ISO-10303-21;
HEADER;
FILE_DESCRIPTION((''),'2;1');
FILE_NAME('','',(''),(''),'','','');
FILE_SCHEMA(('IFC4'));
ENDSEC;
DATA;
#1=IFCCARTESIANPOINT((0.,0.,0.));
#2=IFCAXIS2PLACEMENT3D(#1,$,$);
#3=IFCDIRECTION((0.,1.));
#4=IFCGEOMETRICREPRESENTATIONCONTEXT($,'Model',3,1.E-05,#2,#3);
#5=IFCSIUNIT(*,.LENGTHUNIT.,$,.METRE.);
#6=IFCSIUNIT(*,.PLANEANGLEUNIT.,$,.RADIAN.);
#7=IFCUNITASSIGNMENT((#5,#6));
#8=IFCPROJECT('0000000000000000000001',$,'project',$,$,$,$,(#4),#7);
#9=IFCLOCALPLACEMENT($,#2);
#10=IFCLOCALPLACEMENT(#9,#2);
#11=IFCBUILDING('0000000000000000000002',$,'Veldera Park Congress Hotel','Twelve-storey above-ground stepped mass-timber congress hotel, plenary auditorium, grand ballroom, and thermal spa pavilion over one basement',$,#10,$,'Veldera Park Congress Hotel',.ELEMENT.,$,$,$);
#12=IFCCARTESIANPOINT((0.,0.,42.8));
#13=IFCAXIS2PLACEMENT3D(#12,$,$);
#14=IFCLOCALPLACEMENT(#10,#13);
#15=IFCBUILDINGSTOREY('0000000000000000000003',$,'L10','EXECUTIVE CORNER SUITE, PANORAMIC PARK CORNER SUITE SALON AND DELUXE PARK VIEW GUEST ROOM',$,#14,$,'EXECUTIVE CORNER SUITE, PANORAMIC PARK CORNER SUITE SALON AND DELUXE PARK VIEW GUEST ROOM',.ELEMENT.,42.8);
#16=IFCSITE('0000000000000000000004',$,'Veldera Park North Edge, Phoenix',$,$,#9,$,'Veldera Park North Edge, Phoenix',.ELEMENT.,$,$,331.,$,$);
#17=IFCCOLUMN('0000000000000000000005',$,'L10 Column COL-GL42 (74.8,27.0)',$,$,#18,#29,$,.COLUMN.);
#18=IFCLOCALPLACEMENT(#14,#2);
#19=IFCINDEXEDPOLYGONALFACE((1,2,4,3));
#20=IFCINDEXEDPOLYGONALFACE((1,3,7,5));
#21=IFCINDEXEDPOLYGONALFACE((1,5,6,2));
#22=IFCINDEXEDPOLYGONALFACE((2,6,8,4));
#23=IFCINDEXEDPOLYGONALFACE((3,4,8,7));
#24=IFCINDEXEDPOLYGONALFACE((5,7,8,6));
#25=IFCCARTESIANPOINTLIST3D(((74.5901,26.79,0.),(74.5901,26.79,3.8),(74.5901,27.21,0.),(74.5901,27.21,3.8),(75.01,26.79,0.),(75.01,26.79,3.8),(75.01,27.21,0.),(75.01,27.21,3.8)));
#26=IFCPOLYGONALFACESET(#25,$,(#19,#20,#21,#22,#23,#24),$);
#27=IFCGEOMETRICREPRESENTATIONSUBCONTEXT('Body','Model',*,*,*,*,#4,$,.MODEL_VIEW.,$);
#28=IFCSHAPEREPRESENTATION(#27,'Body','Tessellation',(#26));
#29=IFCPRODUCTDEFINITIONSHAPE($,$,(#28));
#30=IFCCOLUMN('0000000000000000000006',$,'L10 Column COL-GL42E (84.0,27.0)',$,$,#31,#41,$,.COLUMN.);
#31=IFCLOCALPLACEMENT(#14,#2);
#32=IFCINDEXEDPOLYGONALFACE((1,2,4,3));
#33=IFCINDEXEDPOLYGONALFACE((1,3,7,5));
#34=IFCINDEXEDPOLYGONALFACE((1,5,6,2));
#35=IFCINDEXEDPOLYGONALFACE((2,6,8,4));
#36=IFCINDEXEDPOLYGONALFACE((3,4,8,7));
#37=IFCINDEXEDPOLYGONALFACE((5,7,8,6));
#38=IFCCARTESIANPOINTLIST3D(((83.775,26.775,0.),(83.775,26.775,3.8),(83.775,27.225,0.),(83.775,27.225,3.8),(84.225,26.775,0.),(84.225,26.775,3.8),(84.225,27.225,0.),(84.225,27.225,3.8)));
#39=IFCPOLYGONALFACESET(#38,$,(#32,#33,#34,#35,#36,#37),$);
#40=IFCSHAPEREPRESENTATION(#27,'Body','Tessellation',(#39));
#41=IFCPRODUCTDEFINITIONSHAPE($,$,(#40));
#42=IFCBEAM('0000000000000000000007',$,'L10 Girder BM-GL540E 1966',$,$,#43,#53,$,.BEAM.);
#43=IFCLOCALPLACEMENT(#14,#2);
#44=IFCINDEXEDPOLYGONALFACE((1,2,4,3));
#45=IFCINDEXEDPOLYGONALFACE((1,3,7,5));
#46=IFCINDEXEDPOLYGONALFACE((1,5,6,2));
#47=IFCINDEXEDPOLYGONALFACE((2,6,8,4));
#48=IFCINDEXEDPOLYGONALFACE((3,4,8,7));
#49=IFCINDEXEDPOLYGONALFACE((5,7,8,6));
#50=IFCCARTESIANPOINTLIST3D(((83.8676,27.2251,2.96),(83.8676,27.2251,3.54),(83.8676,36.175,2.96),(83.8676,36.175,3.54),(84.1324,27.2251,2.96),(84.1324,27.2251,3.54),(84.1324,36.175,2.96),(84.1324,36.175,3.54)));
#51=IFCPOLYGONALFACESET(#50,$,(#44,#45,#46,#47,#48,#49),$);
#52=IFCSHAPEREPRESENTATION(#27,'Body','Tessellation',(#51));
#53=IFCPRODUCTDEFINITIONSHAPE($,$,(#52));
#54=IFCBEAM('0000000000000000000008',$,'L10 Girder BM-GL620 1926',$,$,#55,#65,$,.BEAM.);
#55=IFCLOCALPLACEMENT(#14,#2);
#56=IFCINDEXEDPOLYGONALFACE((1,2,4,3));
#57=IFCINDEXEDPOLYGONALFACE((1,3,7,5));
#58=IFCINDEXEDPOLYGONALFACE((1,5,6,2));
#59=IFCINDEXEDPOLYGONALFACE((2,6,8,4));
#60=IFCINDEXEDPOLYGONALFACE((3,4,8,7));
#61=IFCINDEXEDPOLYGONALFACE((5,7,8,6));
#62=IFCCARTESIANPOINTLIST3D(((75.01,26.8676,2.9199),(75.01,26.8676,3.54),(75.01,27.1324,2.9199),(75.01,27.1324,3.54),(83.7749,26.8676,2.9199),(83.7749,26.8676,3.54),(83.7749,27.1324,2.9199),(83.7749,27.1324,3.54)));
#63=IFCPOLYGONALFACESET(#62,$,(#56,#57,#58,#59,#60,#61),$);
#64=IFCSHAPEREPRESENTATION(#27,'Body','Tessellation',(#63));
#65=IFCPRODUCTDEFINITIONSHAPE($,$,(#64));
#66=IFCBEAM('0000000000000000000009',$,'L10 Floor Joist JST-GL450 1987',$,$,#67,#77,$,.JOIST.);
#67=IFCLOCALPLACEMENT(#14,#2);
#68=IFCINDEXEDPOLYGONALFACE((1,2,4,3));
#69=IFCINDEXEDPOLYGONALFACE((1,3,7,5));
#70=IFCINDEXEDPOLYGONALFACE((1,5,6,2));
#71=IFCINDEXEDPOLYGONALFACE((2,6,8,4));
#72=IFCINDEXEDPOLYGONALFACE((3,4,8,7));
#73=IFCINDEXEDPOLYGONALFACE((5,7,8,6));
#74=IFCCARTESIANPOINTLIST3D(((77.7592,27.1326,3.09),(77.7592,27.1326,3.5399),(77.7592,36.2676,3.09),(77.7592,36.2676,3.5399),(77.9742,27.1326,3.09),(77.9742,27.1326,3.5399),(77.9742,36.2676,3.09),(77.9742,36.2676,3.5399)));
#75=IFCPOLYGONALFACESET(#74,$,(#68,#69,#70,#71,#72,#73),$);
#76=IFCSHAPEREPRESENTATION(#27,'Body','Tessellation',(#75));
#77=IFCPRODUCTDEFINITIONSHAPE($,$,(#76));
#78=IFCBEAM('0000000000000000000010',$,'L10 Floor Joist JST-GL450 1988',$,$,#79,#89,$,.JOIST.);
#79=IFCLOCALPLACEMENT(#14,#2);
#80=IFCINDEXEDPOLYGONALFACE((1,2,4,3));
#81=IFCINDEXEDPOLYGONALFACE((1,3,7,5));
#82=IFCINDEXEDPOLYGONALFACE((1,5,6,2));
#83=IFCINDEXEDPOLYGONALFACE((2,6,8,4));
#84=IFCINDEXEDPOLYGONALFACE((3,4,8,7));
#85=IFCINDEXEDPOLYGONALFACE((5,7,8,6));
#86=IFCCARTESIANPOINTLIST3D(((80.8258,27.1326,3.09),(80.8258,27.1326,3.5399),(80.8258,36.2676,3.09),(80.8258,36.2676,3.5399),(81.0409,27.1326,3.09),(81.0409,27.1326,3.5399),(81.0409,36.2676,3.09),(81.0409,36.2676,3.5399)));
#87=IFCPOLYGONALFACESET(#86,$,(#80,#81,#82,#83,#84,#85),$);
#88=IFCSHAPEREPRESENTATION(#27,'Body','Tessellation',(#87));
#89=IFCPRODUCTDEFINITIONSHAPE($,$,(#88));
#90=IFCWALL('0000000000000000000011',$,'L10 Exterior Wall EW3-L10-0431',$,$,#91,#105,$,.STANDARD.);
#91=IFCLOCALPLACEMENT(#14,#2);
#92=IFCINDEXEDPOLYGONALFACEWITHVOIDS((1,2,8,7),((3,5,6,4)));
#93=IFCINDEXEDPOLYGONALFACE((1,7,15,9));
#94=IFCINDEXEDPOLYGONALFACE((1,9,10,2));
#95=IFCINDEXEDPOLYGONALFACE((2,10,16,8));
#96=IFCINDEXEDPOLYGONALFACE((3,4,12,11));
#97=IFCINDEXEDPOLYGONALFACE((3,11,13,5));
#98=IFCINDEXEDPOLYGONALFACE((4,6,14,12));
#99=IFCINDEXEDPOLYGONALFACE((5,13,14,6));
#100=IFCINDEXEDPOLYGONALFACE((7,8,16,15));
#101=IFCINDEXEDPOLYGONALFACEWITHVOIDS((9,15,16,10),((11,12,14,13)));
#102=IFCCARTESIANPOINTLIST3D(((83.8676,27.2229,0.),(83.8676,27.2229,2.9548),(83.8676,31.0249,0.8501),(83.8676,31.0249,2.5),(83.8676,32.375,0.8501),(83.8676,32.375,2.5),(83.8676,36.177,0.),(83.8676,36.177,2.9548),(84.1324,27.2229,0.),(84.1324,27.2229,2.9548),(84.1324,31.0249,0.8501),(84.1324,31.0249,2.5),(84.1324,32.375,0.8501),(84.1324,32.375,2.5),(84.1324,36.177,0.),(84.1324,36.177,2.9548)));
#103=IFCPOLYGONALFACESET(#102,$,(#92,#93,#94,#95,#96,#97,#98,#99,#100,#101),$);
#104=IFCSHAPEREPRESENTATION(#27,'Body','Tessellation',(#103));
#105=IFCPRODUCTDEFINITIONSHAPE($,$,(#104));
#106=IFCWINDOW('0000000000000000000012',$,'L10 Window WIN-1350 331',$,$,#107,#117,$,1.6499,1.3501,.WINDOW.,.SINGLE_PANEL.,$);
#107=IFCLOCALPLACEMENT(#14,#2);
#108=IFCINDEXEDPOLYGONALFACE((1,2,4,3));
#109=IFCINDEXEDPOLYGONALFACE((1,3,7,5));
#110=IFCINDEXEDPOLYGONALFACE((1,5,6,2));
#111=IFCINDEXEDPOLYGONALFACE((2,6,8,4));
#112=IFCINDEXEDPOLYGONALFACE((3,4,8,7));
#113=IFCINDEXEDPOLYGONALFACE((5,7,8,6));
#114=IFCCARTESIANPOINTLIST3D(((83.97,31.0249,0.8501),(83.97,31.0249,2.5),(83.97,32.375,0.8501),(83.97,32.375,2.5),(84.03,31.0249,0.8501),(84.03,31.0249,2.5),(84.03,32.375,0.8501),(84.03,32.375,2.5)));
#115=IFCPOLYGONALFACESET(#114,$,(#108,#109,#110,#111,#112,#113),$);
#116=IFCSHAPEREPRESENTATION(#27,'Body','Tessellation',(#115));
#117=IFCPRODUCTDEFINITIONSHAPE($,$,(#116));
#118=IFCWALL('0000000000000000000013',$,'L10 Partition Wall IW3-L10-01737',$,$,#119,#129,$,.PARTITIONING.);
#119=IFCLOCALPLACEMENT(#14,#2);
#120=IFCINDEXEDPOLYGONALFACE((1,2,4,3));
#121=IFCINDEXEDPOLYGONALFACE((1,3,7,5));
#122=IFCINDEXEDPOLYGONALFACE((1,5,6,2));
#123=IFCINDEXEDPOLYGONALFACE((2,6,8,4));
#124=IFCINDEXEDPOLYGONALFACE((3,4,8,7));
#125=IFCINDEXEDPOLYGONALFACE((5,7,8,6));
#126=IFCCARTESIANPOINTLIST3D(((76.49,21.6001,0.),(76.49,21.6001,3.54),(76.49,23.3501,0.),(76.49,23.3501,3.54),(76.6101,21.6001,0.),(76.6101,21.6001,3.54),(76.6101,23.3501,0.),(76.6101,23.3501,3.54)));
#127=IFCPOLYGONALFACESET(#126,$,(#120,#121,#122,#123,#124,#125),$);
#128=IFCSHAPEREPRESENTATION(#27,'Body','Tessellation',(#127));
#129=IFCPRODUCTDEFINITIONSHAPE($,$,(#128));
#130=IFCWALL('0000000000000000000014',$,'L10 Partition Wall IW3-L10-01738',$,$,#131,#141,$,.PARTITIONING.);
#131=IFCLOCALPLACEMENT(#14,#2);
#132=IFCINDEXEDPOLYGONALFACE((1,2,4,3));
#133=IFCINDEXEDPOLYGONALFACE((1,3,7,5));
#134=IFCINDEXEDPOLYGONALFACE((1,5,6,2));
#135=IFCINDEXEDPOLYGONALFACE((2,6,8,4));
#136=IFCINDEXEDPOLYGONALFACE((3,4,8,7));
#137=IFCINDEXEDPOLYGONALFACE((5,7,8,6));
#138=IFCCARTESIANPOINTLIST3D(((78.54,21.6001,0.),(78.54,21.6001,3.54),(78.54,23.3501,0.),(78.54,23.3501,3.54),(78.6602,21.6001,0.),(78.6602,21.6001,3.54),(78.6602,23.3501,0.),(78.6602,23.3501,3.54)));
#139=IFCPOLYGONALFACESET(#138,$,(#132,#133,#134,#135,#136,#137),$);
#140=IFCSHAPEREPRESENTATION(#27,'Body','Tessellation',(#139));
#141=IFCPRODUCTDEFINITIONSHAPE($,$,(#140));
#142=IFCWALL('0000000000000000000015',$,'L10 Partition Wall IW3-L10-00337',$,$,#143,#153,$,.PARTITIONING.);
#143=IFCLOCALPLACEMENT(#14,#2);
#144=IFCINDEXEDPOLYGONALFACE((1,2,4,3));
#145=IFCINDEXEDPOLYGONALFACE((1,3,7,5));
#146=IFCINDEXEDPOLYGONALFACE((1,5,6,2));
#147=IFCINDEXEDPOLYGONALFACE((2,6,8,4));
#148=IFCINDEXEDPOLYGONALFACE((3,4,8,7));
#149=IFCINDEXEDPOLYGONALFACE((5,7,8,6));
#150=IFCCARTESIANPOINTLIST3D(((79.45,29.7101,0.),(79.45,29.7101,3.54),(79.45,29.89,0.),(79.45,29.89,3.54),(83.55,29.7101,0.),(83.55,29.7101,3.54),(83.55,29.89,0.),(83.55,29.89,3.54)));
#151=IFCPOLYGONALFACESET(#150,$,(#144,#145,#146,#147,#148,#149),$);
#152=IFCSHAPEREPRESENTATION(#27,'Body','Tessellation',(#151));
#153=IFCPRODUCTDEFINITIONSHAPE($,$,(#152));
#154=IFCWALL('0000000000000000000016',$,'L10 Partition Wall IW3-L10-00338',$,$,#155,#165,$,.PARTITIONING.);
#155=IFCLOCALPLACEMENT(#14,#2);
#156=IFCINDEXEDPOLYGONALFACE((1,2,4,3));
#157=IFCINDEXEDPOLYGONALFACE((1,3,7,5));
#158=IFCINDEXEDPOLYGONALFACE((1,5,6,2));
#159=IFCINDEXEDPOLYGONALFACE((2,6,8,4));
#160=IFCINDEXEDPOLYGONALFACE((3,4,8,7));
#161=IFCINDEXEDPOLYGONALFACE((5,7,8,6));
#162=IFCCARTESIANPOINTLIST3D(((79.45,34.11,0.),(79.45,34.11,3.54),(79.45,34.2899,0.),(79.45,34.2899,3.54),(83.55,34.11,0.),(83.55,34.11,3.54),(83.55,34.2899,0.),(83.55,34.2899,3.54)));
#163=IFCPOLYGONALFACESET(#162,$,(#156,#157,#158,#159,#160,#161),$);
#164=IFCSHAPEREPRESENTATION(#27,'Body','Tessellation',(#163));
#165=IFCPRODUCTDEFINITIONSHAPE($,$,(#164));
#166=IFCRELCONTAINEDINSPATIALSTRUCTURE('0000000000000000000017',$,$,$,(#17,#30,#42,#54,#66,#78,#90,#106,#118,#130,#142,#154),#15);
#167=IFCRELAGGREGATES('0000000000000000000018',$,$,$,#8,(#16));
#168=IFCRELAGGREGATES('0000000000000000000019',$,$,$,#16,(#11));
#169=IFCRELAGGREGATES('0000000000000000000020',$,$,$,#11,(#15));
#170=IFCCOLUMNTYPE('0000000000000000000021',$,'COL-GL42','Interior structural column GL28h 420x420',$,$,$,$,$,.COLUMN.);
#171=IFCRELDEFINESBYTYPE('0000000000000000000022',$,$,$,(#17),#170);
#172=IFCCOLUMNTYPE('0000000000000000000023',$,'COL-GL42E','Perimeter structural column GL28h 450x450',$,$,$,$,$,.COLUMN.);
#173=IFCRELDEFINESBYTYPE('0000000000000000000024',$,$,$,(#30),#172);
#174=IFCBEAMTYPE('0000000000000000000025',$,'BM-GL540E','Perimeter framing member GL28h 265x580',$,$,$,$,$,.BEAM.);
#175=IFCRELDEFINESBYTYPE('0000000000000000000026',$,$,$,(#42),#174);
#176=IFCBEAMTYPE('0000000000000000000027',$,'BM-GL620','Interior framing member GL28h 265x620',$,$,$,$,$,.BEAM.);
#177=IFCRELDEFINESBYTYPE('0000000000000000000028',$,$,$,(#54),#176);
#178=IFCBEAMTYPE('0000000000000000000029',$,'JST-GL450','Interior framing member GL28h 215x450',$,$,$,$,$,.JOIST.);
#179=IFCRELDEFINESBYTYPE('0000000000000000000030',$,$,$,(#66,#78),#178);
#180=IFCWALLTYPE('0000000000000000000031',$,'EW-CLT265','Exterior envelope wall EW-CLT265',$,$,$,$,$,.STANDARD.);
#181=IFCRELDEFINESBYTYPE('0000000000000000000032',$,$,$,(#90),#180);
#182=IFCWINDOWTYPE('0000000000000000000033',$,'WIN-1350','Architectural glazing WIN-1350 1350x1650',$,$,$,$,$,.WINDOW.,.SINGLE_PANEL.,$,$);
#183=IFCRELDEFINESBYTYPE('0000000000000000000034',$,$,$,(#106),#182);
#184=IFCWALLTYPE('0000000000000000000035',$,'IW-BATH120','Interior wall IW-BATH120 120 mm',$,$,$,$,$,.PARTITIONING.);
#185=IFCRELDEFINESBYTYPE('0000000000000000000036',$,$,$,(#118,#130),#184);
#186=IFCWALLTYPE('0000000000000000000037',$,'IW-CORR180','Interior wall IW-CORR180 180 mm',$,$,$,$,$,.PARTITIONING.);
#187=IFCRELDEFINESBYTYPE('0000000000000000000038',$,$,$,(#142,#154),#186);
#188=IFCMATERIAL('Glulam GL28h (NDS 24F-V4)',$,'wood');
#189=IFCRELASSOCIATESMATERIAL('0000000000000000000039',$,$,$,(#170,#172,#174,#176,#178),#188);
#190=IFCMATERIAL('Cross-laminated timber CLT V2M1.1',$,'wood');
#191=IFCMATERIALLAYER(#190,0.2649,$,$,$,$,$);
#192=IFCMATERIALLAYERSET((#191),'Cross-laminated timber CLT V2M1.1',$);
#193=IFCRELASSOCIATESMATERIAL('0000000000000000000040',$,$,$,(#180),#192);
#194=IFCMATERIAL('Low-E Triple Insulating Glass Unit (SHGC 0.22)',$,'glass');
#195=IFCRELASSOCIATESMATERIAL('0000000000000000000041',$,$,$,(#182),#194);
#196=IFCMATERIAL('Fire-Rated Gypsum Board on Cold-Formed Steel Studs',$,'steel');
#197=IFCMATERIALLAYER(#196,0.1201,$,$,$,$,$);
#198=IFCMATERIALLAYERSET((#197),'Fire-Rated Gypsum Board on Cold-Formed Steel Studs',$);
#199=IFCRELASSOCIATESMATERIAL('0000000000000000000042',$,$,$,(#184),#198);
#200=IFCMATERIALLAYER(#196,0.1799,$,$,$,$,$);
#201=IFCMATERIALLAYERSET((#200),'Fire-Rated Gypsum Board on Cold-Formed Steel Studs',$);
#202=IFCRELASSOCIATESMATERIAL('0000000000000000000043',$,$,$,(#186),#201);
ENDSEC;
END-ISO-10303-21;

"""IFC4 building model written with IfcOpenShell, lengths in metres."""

from ifc_helpers import new_model, si_unit, direction, frame, frame_2d, origin, origin_2d, place, context, subcontext, project, spatial, rectangle, extrude, material, layer, layer_set, material_profile, profile_set, type_object, element, fill, save


model = new_model("IFC4")

# Units and contexts
model_context = context("Model", 3, precision=1e-05, world=origin(), true_north=direction((0.0, 1.0)))
body_context = subcontext(model_context, "Body", "Model", "MODEL_VIEW")
ifc_project = project(units=[si_unit("LENGTHUNIT", "METRE"), si_unit("PLANEANGLEUNIT", "RADIAN")], contexts=[model_context])

# Site, building, storey
site_placement = place(None, origin())
site = spatial("IfcSite", under=ifc_project, at=site_placement, Name="Veldera Park North Edge, Phoenix", LongName="Veldera Park North Edge, Phoenix", CompositionType="ELEMENT", RefElevation=331.0)
building_placement = place(site_placement, origin())
building = spatial("IfcBuilding", under=site, at=building_placement, Name="Veldera Park Congress Hotel", Description="Twelve-storey above-ground stepped mass-timber congress hotel, plenary auditorium, grand ballroom, and thermal spa pavilion over one basement", LongName="Veldera Park Congress Hotel", CompositionType="ELEMENT")
storey_placement = place(building_placement, frame((0.0, 0.0, 42.8)))
storey = spatial("IfcBuildingStorey", under=building, at=storey_placement, Name="L10", Description="EXECUTIVE CORNER SUITE, PANORAMIC PARK CORNER SUITE SALON AND DELUXE PARK VIEW GUEST ROOM", LongName="EXECUTIVE CORNER SUITE, PANORAMIC PARK CORNER SUITE SALON AND DELUXE PARK VIEW GUEST ROOM", CompositionType="ELEMENT", Elevation=42.8)

# Columns
ifc_material_1 = material(Name="Glulam GL28h (NDS 24F-V4)", Category="wood")
ifc_material_profile_1 = material_profile(ifc_material_1, rectangle(XDim=0.4199, YDim=0.4199, at=origin_2d()), Name="GL28h 420x420")
ifc_profile_set_1 = profile_set([ifc_material_profile_1], Name="Glulam GL28h (NDS 24F-V4)")
column_type_1 = type_object("IfcColumnType", Name="COL-GL42", Description="Interior structural column GL28h 420x420", PredefinedType="COLUMN", material=ifc_profile_set_1)
column_1_placement = place(storey_placement, frame((74.8, 27.0, 0.0), z_axis=(0.0, 0.0, 1.0), x_axis=(1.0, 0.0, 0.0)))
element("IfcColumn", 1, at=column_1_placement, inside=storey, type_object=column_type_1, Name="L10 Column COL-GL42 (74.8,27.0)", PredefinedType="COLUMN", context=body_context, shape_type="SweptSolid", body=[
    extrude(rectangle(XDim=0.4199, YDim=0.4199, at=origin_2d()), origin(), (0.0, 0.0, 1.0), 3.8),
])
ifc_material_profile_2 = material_profile(ifc_material_1, rectangle(XDim=0.45, YDim=0.45, at=origin_2d()), Name="GL28h 450x450")
ifc_profile_set_2 = profile_set([ifc_material_profile_2], Name="Glulam GL28h (NDS 24F-V4)")
column_type_2 = type_object("IfcColumnType", Name="COL-GL42E", Description="Perimeter structural column GL28h 450x450", PredefinedType="COLUMN", material=ifc_profile_set_2)
column_2_placement = place(storey_placement, frame((84.0, 27.0, 0.0), z_axis=(0.0, 0.0, 1.0), x_axis=(1.0, 0.0, 0.0)))
element("IfcColumn", 2, at=column_2_placement, inside=storey, type_object=column_type_2, Name="L10 Column COL-GL42E (84.0,27.0)", PredefinedType="COLUMN", context=body_context, shape_type="SweptSolid", body=[
    extrude(rectangle(XDim=0.45, YDim=0.45, at=origin_2d()), origin(), (0.0, 0.0, 1.0), 3.8),
])

# Beams
ifc_material_profile_3 = material_profile(ifc_material_1, rectangle(XDim=0.2649, YDim=0.5801, at=origin_2d()), Name="GL28h 265x580")
ifc_profile_set_3 = profile_set([ifc_material_profile_3], Name="Glulam GL28h (NDS 24F-V4)")
beam_type_1 = type_object("IfcBeamType", Name="BM-GL540E", Description="Perimeter framing member GL28h 265x580", PredefinedType="BEAM", material=ifc_profile_set_3)
beam_1_placement = place(storey_placement, frame((84.0, 27.2251, 3.25), z_axis=(0.0, 1.0, 0.0), x_axis=(-1.0, 0.0, 0.0)))
element("IfcBeam", 3, at=beam_1_placement, inside=storey, type_object=beam_type_1, Name="L10 Girder BM-GL540E 1966", PredefinedType="BEAM", context=body_context, shape_type="SweptSolid", body=[
    extrude(rectangle(XDim=0.2649, YDim=0.5801, at=origin_2d()), origin(), (0.0, 0.0, 1.0), 8.95),
])
ifc_material_profile_4 = material_profile(ifc_material_1, rectangle(XDim=0.2649, YDim=0.6201, at=origin_2d()), Name="GL28h 265x620")
ifc_profile_set_4 = profile_set([ifc_material_profile_4], Name="Glulam GL28h (NDS 24F-V4)")
beam_type_2 = type_object("IfcBeamType", Name="BM-GL620", Description="Interior framing member GL28h 265x620", PredefinedType="BEAM", material=ifc_profile_set_4)
beam_2_placement = place(storey_placement, frame((75.01, 27.0, 3.23), z_axis=(1.0, 0.0, 0.0), x_axis=(0.0, 1.0, 0.0)))
element("IfcBeam", 4, at=beam_2_placement, inside=storey, type_object=beam_type_2, Name="L10 Girder BM-GL620 1926", PredefinedType="BEAM", context=body_context, shape_type="SweptSolid", body=[
    extrude(rectangle(XDim=0.2649, YDim=0.6201, at=origin_2d()), origin(), (0.0, 0.0, 1.0), 8.7649),
])
ifc_material_profile_5 = material_profile(ifc_material_1, rectangle(XDim=0.2151, YDim=0.45, at=origin_2d()), Name="GL28h 215x450")
ifc_profile_set_5 = profile_set([ifc_material_profile_5], Name="Glulam GL28h (NDS 24F-V4)")
beam_type_3 = type_object("IfcBeamType", Name="JST-GL450", Description="Interior framing member GL28h 215x450", PredefinedType="JOIST", material=ifc_profile_set_5)
for number, where, z_axis, x_axis, name in (
    (5, (77.8667, 27.1326, 3.3149), (0.0, 1.0, 0.0), (-1.0, 0.0, 0.0), "L10 Floor Joist JST-GL450 1987"),
    (6, (80.9333, 27.1326, 3.3149), (0.0, 1.0, 0.0), (-1.0, 0.0, 0.0), "L10 Floor Joist JST-GL450 1988"),
):
    element("IfcBeam", number, at=place(storey_placement, frame(where, z_axis=z_axis, x_axis=x_axis)), inside=storey, type_object=beam_type_3, Name=name, PredefinedType="JOIST", context=body_context, shape_type="SweptSolid", body=[
        extrude(rectangle(XDim=0.2151, YDim=0.45, at=origin_2d()), origin(), (0.0, 0.0, 1.0), 9.135),
    ])

# Wall, opening, window
ifc_material_2 = material(Name="Cross-laminated timber CLT V2M1.1", Category="wood")
ifc_layer_1 = layer(ifc_material_2, 0.2649)
ifc_layer_set_1 = layer_set([ifc_layer_1], Name="Cross-laminated timber CLT V2M1.1")
wall_type_1 = type_object("IfcWallType", Name="EW-CLT265", Description="Exterior envelope wall EW-CLT265", PredefinedType="STANDARD", material=ifc_layer_set_1)
wall_1_placement = place(storey_placement, frame((84.0, 27.2229, 0.0), z_axis=(0.0, 0.0, 1.0), x_axis=(0.0, 1.0, 0.0)))
wall_1 = element("IfcWall", 7, at=wall_1_placement, inside=storey, type_object=wall_type_1, Name="L10 Exterior Wall EW3-L10-0431", PredefinedType="STANDARD", context=body_context, shape_type="SweptSolid", body=[
    extrude(rectangle(XDim=8.9541, YDim=0.2649, at=frame_2d((4.4771, 0.0))), origin(), (0.0, 0.0, 1.0), 2.9548),
])
opening_1_placement = place(wall_1_placement, frame((3.802, 0.0, 0.8501)))
opening_1 = element("IfcOpeningElement", 8, at=opening_1_placement, cuts=wall_1, PredefinedType="OPENING", context=body_context, shape_type="SweptSolid", body=[
    extrude(rectangle(XDim=1.3501, YDim=1.6499, at=frame_2d((0.675, 0.825))), frame((0.0, 0.1445, 0.0), z_axis=(0.0, -1.0, 0.0), x_axis=(1.0, 0.0, 0.0)), (0.0, 0.0, 1.0), 0.2888),
])
ifc_material_3 = material(Name="Low-E Triple Insulating Glass Unit (SHGC 0.22)", Category="glass")
window_type = type_object("IfcWindowType", Name="WIN-1350", Description="Architectural glazing WIN-1350 1350x1650", PartitioningType="SINGLE_PANEL", PredefinedType="WINDOW", material=ifc_material_3)
window_placement = place(opening_1_placement, origin())
window = element("IfcWindow", 9, at=window_placement, inside=storey, type_object=window_type, Name="L10 Window WIN-1350 331", OverallHeight=1.6499, OverallWidth=1.3501, PartitioningType="SINGLE_PANEL", PredefinedType="WINDOW", context=body_context, shape_type="SweptSolid", body=[
    extrude(rectangle(XDim=1.3501, YDim=1.6499, at=frame_2d((0.675, 0.825))), frame((0.0, 0.03, 0.0), z_axis=(0.0, -1.0, 0.0), x_axis=(1.0, 0.0, 0.0)), (0.0, 0.0, 1.0), 0.0601),
])
fill(opening_1, window)

# Shared definitions
ifc_material_4 = material(Name="Fire-Rated Gypsum Board on Cold-Formed Steel Studs", Category="steel")
ifc_layer_2 = layer(ifc_material_4, 0.1201)
ifc_layer_set_2 = layer_set([ifc_layer_2], Name="Fire-Rated Gypsum Board on Cold-Formed Steel Studs")
wall_type_2 = type_object("IfcWallType", Name="IW-BATH120", Description="Interior wall IW-BATH120 120 mm", PredefinedType="PARTITIONING", material=ifc_layer_set_2)

# Walls
for number, where, z_axis, x_axis, name in (
    (10, (76.55, 21.6001, 0.0), (0.0, 0.0, 1.0), (0.0, 1.0, 0.0), "L10 Partition Wall IW3-L10-01737"),
    (11, (78.6001, 21.6001, 0.0), (0.0, 0.0, 1.0), (0.0, 1.0, 0.0), "L10 Partition Wall IW3-L10-01738"),
):
    element("IfcWall", number, at=place(storey_placement, frame(where, z_axis=z_axis, x_axis=x_axis)), inside=storey, type_object=wall_type_2, Name=name, PredefinedType="PARTITIONING", context=body_context, shape_type="SweptSolid", body=[
        extrude(rectangle(XDim=1.75, YDim=0.1201, at=frame_2d((0.875, 0.0))), origin(), (0.0, 0.0, 1.0), 3.54),
    ])

# Walls
ifc_layer_3 = layer(ifc_material_4, 0.1799)
ifc_layer_set_3 = layer_set([ifc_layer_3], Name="Fire-Rated Gypsum Board on Cold-Formed Steel Studs")
wall_type_3 = type_object("IfcWallType", Name="IW-CORR180", Description="Interior wall IW-CORR180 180 mm", PredefinedType="PARTITIONING", material=ifc_layer_set_3)
for number, where, z_axis, x_axis, name in (
    (12, (79.45, 29.8, 0.0), (0.0, 0.0, 1.0), (1.0, 0.0, 0.0), "L10 Partition Wall IW3-L10-00337"),
    (13, (83.55, 34.2, 0.0), (0.0, 0.0, 1.0), (-1.0, 0.0, 0.0), "L10 Partition Wall IW3-L10-00338"),
):
    element("IfcWall", number, at=place(storey_placement, frame(where, z_axis=z_axis, x_axis=x_axis)), inside=storey, type_object=wall_type_3, Name=name, PredefinedType="PARTITIONING", context=body_context, shape_type="SweptSolid", body=[
        extrude(rectangle(XDim=4.1001, YDim=0.1799, at=frame_2d((2.05, 0.0))), origin(), (0.0, 0.0, 1.0), 3.54),
    ])

save(model, "model.ifc")
